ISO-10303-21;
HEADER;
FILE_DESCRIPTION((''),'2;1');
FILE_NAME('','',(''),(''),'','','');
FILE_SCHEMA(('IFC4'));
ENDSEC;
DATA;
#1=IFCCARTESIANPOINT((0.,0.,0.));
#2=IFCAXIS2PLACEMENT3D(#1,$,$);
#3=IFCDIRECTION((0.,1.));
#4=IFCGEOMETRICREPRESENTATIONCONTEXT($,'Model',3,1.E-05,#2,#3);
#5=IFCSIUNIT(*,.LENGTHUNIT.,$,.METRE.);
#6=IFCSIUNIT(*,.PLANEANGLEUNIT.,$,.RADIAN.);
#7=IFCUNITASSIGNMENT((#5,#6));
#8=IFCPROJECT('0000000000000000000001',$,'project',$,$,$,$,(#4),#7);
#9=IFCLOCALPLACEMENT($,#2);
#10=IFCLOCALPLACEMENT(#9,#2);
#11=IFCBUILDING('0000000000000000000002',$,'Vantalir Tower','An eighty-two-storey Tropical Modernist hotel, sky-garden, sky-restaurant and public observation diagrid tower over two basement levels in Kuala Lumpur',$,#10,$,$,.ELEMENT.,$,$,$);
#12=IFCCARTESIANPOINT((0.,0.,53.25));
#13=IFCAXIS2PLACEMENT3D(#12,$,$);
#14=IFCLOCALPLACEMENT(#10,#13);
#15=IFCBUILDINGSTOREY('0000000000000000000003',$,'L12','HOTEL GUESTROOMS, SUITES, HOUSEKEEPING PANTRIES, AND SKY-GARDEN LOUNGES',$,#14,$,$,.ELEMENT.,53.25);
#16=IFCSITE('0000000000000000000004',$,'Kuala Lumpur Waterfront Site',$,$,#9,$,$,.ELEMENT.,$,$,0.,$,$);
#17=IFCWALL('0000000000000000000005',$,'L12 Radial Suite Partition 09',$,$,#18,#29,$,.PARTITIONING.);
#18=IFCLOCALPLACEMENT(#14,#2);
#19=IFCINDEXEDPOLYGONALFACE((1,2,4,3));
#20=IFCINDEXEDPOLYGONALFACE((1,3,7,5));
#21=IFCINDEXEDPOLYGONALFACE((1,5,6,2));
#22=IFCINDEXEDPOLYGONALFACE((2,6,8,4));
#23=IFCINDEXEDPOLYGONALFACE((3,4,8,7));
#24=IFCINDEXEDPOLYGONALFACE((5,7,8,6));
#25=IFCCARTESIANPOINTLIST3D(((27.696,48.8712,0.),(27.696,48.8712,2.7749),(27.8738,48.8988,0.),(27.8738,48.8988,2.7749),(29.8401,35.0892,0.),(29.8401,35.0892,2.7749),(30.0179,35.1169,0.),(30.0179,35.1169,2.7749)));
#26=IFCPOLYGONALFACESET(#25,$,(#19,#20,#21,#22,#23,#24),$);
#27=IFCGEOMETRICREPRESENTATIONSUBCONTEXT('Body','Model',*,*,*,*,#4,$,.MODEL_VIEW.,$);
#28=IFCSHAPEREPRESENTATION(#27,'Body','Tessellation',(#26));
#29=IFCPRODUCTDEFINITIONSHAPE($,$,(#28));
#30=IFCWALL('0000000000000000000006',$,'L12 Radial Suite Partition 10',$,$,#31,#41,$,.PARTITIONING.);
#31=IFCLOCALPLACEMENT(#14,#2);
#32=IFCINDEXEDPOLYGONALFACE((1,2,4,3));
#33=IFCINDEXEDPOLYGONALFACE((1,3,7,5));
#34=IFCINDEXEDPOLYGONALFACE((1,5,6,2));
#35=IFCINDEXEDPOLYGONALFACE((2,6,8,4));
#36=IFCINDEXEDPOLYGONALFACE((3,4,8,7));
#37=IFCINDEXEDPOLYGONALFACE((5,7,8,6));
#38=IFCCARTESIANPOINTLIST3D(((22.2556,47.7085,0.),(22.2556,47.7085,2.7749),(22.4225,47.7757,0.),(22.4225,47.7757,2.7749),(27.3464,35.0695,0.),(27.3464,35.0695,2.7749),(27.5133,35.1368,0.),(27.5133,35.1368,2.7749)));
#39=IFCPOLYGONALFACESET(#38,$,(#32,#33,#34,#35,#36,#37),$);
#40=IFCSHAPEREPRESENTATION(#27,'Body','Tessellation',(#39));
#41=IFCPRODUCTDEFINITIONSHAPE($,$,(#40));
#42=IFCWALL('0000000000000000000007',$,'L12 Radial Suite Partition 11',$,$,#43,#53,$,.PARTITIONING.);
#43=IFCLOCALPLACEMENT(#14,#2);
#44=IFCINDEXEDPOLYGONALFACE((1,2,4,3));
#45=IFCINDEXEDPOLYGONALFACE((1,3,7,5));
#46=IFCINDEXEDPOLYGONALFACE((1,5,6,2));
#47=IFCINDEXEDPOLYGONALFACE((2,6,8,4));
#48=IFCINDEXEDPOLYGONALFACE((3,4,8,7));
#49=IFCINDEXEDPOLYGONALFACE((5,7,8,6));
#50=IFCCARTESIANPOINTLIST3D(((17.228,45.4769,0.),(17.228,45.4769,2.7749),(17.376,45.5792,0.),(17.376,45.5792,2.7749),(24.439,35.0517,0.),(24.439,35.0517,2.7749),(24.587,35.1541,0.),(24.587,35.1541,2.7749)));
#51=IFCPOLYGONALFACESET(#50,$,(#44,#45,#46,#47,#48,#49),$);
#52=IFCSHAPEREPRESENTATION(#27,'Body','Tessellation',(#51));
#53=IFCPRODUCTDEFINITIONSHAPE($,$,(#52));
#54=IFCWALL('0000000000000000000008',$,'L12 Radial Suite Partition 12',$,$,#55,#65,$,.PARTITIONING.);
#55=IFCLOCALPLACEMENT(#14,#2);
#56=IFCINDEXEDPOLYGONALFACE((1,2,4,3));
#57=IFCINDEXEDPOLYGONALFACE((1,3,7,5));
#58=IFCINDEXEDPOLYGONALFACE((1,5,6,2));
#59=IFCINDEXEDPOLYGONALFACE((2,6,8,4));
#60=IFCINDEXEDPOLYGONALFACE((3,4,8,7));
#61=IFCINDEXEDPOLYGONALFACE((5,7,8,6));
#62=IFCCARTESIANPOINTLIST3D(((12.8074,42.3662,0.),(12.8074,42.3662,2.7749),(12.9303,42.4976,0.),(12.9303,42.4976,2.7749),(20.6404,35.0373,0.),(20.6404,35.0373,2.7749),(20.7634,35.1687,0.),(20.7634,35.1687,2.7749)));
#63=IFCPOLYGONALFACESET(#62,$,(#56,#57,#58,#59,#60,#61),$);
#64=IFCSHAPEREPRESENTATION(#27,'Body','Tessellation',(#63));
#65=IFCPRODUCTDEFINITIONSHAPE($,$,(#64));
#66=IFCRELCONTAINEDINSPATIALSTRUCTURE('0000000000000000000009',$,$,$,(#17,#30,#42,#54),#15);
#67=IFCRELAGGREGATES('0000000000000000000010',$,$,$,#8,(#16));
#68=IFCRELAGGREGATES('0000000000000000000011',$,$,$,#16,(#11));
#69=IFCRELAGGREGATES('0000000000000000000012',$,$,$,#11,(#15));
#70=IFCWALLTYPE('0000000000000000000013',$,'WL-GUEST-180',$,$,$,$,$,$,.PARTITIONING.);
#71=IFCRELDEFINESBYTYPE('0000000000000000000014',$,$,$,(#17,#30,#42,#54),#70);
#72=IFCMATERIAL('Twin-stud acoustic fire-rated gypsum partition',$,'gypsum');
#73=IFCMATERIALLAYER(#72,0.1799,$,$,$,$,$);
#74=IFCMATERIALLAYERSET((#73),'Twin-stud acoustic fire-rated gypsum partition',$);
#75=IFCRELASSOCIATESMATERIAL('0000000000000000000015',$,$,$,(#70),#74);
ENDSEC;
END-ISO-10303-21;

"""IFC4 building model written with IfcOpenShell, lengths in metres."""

from ifc_helpers import new_model, si_unit, direction, frame, frame_2d, origin, place, context, subcontext, project, spatial, rectangle, extrude, material, layer, layer_set, type_object, element, save


model = new_model("IFC4")

# Units and contexts
model_context = context("Model", 3, precision=1e-05, world=origin(), true_north=direction((0.0, 1.0)))
body_context = subcontext(model_context, "Body", "Model", "MODEL_VIEW")
ifc_project = project(units=[si_unit("LENGTHUNIT", "METRE"), si_unit("PLANEANGLEUNIT", "RADIAN")], contexts=[model_context])

# Site, building, storey
site_placement = place(None, origin())
site = spatial("IfcSite", under=ifc_project, at=site_placement, Name="Kuala Lumpur Waterfront Site", CompositionType="ELEMENT", RefElevation=0.0)
building_placement = place(site_placement, origin())
building = spatial("IfcBuilding", under=site, at=building_placement, Name="Vantalir Tower", Description="An eighty-two-storey Tropical Modernist hotel, sky-garden, sky-restaurant and public observation diagrid tower over two basement levels in Kuala Lumpur", CompositionType="ELEMENT")
storey_placement = place(building_placement, frame((0.0, 0.0, 53.25)))
storey = spatial("IfcBuildingStorey", under=building, at=storey_placement, Name="L12", Description="HOTEL GUESTROOMS, SUITES, HOUSEKEEPING PANTRIES, AND SKY-GARDEN LOUNGES", CompositionType="ELEMENT", Elevation=53.25)

# Walls
ifc_material_1 = material(Name="Twin-stud acoustic fire-rated gypsum partition", Category="gypsum")
ifc_layer_1 = layer(ifc_material_1, 0.1799)
ifc_layer_set_1 = layer_set([ifc_layer_1], Name="Twin-stud acoustic fire-rated gypsum partition")
wall_type_1 = type_object("IfcWallType", Name="WL-GUEST-180", PredefinedType="PARTITIONING", material=ifc_layer_set_1)
wall_1_placement = place(storey_placement, frame((29.929, 35.103, 0.0), z_axis=(0.0, 0.0, 1.0), x_axis=(-0.15372, 0.988115, 0.0)))
element("IfcWall", 1, at=wall_1_placement, inside=storey, type_object=wall_type_1, Name="L12 Radial Suite Partition 09", PredefinedType="PARTITIONING", context=body_context, shape_type="SweptSolid", body=[
    extrude(rectangle(XDim=13.9478, YDim=0.1799, at=frame_2d((6.9739, 0.0))), origin(), (0.0, 0.0, 1.0), 2.7749),
])
wall_2_placement = place(storey_placement, frame((27.4299, 35.103, 0.0), z_axis=(0.0, 0.0, 1.0), x_axis=(-0.37362, 0.927582, 0.0)))
element("IfcWall", 2, at=wall_2_placement, inside=storey, type_object=wall_type_1, Name="L12 Radial Suite Partition 10", PredefinedType="PARTITIONING", context=body_context, shape_type="SweptSolid", body=[
    extrude(rectangle(XDim=13.6257, YDim=0.1799, at=frame_2d((6.813, 0.0))), origin(), (0.0, 0.0, 1.0), 2.7749),
])
wall_3_placement = place(storey_placement, frame((24.5129, 35.103, 0.0), z_axis=(0.0, 0.0, 1.0), x_axis=(-0.568868, 0.822429, 0.0)))
element("IfcWall", 3, at=wall_3_placement, inside=storey, type_object=wall_type_1, Name="L12 Radial Suite Partition 11", PredefinedType="PARTITIONING", context=body_context, shape_type="SweptSolid", body=[
    extrude(rectangle(XDim=12.676, YDim=0.1799, at=frame_2d((6.3379, 0.0))), origin(), (0.0, 0.0, 1.0), 2.7749),
])
wall_4_placement = place(storey_placement, frame((20.7019, 35.103, 0.0), z_axis=(0.0, 0.0, 1.0), x_axis=(-0.730215, 0.683217, 0.0)))
element("IfcWall", 4, at=wall_4_placement, inside=storey, type_object=wall_type_1, Name="L12 Radial Suite Partition 12", PredefinedType="PARTITIONING", context=body_context, shape_type="SweptSolid", body=[
    extrude(rectangle(XDim=10.7271, YDim=0.1799, at=frame_2d((5.3635, 0.0))), origin(), (0.0, 0.0, 1.0), 2.7749),
])

save(model, "model.ifc")
